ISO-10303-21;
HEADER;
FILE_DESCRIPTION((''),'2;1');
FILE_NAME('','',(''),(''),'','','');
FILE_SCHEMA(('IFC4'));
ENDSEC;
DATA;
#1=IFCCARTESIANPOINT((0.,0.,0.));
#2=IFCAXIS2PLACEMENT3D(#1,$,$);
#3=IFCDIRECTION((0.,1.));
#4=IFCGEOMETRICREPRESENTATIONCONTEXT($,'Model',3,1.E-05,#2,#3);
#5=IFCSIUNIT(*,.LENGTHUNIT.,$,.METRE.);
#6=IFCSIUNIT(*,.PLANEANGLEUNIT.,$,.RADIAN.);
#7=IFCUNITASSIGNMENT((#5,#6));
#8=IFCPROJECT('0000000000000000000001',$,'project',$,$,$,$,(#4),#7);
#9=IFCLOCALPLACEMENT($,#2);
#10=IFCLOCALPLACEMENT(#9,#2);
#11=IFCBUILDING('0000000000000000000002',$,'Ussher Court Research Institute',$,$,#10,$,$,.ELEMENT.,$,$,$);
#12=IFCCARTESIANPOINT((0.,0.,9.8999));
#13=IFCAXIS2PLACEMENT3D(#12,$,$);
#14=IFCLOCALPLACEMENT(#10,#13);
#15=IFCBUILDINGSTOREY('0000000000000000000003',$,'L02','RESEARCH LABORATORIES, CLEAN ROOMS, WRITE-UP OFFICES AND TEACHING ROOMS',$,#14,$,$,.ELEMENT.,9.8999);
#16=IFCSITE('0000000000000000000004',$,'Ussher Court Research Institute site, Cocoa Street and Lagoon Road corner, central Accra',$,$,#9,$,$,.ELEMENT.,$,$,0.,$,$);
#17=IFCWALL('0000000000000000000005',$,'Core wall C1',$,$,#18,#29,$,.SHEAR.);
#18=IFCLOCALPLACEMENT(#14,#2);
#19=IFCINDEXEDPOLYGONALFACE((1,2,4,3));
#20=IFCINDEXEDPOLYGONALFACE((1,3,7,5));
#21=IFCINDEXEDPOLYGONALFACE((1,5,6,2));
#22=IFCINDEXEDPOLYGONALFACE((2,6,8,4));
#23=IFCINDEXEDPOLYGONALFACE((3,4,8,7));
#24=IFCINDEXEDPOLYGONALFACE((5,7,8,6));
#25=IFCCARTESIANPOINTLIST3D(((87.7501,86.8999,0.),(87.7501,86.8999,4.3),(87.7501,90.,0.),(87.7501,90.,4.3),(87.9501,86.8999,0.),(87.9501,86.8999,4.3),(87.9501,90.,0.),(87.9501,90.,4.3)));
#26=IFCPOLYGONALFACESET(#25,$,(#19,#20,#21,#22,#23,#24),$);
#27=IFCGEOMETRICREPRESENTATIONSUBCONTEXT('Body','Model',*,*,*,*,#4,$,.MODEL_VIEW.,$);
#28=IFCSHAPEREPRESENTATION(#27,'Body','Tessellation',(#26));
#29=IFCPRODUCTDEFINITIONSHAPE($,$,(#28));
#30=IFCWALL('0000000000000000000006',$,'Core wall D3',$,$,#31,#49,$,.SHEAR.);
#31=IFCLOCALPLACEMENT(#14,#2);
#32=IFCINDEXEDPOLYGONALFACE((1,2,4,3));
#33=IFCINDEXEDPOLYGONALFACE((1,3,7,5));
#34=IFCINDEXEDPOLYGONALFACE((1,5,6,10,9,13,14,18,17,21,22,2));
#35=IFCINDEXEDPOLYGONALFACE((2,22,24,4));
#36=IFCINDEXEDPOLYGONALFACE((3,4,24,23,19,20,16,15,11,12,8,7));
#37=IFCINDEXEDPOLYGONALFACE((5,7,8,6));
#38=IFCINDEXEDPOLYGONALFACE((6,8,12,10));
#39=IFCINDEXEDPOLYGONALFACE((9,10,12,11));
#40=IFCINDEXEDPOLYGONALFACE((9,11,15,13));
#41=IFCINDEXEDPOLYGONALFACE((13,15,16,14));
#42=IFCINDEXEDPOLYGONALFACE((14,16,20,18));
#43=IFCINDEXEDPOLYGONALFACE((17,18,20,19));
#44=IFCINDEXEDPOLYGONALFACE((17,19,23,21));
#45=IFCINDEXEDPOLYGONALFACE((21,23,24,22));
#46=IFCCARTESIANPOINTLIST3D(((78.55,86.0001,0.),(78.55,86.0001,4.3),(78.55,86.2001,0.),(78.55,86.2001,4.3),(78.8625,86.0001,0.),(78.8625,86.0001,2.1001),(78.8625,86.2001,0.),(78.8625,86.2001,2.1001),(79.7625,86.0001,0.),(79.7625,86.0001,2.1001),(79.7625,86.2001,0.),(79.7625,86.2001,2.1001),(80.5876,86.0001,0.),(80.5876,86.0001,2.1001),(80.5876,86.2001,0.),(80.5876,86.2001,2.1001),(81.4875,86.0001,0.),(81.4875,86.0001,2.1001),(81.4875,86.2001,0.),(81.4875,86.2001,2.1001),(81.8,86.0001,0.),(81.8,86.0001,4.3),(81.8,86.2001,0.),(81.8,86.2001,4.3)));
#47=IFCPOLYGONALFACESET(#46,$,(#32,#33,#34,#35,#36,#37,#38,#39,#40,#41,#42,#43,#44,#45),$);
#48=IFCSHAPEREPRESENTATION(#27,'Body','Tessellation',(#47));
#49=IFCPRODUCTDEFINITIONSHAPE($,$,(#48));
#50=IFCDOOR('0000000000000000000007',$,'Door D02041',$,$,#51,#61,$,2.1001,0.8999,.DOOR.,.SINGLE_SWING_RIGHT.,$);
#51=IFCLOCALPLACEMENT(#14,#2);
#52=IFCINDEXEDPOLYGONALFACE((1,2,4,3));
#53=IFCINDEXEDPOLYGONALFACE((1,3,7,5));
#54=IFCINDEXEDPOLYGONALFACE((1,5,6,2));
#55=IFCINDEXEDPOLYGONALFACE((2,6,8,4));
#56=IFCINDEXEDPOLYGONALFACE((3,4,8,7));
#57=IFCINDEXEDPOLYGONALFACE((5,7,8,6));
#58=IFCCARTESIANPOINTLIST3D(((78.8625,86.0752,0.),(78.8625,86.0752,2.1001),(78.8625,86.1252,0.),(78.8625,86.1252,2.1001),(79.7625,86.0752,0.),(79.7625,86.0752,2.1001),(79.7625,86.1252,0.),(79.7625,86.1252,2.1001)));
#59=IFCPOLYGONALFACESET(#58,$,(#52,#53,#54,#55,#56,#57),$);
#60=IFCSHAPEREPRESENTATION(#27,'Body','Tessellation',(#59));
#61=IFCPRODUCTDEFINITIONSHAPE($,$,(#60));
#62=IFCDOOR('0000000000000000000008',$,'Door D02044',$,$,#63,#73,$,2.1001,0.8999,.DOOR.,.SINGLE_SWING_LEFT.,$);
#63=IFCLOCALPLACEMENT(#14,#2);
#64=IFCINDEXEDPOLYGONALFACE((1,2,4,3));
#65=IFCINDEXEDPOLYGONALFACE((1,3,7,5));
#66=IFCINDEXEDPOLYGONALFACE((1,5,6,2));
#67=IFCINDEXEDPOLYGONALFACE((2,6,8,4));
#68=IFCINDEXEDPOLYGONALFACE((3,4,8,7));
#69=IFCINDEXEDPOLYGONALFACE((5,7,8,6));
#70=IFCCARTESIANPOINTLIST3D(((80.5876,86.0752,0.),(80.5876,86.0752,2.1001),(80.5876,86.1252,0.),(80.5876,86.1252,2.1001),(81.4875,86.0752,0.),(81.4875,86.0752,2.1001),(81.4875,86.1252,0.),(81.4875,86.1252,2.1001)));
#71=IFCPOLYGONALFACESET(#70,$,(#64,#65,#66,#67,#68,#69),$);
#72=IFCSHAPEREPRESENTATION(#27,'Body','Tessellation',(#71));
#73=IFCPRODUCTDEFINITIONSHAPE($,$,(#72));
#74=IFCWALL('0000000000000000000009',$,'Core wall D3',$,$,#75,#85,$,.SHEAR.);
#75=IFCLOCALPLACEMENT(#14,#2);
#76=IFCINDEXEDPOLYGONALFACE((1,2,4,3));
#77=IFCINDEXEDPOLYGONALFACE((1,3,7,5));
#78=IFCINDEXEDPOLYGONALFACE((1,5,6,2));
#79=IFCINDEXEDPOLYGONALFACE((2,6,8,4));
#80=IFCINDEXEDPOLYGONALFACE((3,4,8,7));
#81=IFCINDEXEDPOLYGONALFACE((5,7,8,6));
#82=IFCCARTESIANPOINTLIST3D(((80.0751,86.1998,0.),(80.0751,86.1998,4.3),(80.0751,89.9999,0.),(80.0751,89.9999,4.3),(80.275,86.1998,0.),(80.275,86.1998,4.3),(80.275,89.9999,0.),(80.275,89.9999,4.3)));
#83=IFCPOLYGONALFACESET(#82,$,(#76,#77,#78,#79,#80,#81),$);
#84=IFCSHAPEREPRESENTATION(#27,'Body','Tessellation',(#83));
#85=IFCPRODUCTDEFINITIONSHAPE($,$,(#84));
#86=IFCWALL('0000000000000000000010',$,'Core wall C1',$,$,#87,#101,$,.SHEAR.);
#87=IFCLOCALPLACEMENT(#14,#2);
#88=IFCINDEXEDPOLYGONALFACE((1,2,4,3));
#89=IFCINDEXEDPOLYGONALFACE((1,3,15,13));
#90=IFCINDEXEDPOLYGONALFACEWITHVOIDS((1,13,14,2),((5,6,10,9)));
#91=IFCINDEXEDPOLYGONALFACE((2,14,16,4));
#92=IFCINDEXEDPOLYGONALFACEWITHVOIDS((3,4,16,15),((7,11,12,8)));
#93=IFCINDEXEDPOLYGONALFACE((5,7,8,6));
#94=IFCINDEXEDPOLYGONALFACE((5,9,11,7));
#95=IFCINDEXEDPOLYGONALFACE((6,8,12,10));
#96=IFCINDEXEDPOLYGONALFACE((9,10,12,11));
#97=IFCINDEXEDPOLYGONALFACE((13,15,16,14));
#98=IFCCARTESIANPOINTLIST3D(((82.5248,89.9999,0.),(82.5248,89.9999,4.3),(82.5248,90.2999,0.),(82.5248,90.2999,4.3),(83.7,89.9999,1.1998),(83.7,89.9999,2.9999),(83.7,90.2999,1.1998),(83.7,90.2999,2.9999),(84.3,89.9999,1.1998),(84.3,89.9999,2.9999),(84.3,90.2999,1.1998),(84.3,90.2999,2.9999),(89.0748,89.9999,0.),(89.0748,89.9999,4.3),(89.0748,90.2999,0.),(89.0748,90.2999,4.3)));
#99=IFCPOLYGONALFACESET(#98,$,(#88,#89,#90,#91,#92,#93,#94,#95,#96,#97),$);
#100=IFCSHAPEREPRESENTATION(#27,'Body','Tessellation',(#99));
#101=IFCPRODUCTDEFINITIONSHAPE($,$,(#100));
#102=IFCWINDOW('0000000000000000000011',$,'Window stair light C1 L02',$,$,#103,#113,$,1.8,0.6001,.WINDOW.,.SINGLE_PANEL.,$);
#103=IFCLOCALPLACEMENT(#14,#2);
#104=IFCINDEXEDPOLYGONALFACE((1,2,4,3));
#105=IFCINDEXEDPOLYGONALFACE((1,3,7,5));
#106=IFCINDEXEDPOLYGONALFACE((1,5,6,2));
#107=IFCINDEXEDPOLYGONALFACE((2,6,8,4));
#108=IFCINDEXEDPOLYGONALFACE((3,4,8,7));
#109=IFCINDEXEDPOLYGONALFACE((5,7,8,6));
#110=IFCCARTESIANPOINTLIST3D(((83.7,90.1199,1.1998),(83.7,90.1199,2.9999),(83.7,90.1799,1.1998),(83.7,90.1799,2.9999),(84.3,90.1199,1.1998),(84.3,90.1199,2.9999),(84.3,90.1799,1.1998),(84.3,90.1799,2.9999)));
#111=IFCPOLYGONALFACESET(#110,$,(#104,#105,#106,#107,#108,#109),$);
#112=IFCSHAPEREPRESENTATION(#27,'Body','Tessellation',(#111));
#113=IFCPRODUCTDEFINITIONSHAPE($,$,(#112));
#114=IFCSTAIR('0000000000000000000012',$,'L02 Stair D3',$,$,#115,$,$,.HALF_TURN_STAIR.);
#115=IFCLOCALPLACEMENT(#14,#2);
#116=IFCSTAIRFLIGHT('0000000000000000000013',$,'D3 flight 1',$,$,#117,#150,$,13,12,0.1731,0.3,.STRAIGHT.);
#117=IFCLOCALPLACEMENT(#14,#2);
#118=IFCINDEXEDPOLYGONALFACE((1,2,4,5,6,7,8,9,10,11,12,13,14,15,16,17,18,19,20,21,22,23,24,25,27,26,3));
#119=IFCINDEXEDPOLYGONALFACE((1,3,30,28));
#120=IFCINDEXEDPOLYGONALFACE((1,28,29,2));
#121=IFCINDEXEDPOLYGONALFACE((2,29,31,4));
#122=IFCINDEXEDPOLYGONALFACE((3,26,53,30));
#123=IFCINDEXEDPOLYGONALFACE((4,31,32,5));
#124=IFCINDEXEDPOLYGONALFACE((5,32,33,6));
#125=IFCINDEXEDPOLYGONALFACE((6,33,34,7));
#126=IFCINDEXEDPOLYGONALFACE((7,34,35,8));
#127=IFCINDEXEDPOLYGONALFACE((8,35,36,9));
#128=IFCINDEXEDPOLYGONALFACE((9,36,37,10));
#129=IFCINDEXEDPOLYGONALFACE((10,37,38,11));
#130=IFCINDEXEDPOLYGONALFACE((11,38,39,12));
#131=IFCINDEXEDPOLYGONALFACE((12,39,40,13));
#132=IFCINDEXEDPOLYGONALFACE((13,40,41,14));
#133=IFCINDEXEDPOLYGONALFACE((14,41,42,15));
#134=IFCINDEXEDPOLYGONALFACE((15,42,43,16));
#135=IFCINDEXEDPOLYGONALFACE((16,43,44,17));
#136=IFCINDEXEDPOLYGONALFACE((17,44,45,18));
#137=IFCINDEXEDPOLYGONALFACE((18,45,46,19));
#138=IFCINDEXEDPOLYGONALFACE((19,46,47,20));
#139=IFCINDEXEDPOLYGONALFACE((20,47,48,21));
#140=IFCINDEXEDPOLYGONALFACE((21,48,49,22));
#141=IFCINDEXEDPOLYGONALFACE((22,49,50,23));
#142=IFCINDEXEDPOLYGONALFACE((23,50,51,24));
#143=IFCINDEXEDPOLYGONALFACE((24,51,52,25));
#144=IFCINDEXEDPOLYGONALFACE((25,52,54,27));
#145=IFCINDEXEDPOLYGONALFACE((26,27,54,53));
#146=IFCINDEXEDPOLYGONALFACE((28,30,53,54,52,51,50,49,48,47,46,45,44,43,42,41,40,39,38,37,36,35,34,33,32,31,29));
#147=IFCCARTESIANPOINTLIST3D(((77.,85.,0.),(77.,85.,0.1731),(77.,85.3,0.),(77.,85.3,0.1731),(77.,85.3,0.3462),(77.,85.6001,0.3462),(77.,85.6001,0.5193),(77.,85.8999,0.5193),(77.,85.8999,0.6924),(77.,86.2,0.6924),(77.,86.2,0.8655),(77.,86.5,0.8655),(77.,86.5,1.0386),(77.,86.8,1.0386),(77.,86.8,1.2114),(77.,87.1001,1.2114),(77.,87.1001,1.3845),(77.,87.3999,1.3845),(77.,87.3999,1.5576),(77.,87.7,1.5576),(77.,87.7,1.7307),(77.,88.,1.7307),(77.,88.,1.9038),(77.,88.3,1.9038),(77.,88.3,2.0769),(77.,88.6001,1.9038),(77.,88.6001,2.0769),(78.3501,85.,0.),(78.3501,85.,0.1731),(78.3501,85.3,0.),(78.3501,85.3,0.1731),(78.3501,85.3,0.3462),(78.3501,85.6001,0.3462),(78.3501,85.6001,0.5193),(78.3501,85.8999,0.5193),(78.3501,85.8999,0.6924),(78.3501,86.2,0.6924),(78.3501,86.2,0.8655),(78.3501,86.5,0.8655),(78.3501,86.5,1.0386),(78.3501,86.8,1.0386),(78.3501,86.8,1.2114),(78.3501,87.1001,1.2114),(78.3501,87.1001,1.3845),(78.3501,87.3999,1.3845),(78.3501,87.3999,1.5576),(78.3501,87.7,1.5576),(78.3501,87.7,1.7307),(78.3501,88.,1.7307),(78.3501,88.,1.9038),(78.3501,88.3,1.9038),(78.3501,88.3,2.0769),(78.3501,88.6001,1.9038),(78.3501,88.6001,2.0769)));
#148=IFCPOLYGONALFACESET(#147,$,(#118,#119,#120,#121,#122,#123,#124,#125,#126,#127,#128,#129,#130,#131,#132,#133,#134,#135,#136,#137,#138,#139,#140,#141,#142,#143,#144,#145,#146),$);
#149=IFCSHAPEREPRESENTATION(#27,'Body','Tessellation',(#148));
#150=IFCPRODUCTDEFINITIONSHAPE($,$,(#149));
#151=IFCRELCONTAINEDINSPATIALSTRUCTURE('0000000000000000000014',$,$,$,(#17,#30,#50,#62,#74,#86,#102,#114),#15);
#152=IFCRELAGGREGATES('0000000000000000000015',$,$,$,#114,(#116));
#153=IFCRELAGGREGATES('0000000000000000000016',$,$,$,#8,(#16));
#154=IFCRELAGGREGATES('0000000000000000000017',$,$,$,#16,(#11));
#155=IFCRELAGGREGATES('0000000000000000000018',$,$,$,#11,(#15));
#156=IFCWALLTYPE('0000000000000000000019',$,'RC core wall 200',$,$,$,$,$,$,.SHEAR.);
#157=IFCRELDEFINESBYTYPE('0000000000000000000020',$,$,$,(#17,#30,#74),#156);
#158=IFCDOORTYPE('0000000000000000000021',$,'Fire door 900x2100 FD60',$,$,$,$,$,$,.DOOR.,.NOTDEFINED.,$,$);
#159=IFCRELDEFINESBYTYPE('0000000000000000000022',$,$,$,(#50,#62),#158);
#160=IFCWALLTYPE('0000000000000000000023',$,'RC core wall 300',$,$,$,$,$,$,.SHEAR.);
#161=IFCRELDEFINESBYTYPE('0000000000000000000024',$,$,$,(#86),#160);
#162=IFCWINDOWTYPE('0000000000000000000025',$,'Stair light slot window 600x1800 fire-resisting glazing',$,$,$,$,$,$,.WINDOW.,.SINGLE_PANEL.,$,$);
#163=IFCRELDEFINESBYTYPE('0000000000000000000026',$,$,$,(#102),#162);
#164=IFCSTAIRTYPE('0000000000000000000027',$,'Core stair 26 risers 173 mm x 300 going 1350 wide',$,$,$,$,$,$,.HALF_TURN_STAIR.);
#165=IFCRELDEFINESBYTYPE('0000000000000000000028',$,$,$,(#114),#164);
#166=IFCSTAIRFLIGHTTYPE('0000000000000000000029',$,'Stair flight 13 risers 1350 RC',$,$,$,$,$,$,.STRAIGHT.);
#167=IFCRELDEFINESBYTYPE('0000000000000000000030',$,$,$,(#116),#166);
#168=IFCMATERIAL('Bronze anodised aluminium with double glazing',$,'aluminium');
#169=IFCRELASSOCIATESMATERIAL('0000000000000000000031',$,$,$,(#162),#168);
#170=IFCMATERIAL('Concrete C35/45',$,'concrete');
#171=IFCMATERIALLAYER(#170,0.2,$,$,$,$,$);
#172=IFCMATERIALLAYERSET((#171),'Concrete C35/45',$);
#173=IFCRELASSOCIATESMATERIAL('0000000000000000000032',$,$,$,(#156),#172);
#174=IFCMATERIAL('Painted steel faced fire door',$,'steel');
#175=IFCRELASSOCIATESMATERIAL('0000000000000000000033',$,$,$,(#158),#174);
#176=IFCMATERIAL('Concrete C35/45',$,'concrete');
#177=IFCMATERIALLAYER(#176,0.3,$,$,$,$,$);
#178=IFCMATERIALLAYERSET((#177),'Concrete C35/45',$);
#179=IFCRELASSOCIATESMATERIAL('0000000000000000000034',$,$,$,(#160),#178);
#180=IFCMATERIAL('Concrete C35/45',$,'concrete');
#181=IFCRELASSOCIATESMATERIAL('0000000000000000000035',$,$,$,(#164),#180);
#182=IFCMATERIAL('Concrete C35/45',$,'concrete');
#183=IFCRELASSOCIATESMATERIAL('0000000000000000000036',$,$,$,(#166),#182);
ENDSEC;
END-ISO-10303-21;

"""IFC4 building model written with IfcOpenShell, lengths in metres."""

from ifc_helpers import new_model, si_unit, direction, frame, frame_2d, origin, place, context, subcontext, project, spatial, polyline, rectangle, outline, extrude, material, layer, layer_set, type_object, element, fill, aggregate, save


model = new_model("IFC4")

# Units and contexts
model_context = context("Model", 3, precision=1e-05, world=origin(), true_north=direction((0.0, 1.0)))
body_context = subcontext(model_context, "Body", "Model", "MODEL_VIEW")
ifc_project = project(units=[si_unit("LENGTHUNIT", "METRE"), si_unit("PLANEANGLEUNIT", "RADIAN")], contexts=[model_context])

# Site, building, storey
site_placement = place(None, origin())
site = spatial("IfcSite", under=ifc_project, at=site_placement, Name="Ussher Court Research Institute site, Cocoa Street and Lagoon Road corner, central Accra", CompositionType="ELEMENT", RefElevation=0.0)
building_placement = place(site_placement, origin())
building = spatial("IfcBuilding", under=site, at=building_placement, Name="Ussher Court Research Institute", CompositionType="ELEMENT")
storey_placement = place(building_placement, frame((0.0, 0.0, 9.8999)))
storey = spatial("IfcBuildingStorey", under=building, at=storey_placement, Name="L02", Description="RESEARCH LABORATORIES, CLEAN ROOMS, WRITE-UP OFFICES AND TEACHING ROOMS", CompositionType="ELEMENT", Elevation=9.8999)

# Shared definitions
ifc_material_1 = material(Name="Bronze anodised aluminium with double glazing", Category="aluminium")
window_type = type_object("IfcWindowType", Name="Stair light slot window 600x1800 fire-resisting glazing", PartitioningType="SINGLE_PANEL", PredefinedType="WINDOW", material=ifc_material_1)

# Shared definitions
ifc_material_2 = material(Name="Concrete C35/45", Category="concrete")
ifc_layer_1 = layer(ifc_material_2, 0.2)
ifc_layer_set_1 = layer_set([ifc_layer_1], Name="Concrete C35/45")
wall_type_1 = type_object("IfcWallType", Name="RC core wall 200", PredefinedType="SHEAR", material=ifc_layer_set_1)

# Wall
wall_1_placement = place(storey_placement, frame((87.8501, 86.8999, 0.0), z_axis=(0.0, 0.0, 1.0), x_axis=(0.0, 1.0, 0.0)))
element("IfcWall", 1, at=wall_1_placement, inside=storey, type_object=wall_type_1, Name="Core wall C1", PredefinedType="SHEAR", context=body_context, shape_type="SweptSolid", body=[
    extrude(rectangle(XDim=3.1001, YDim=0.2, at=frame_2d((1.55, 0.0))), origin(), (0.0, 0.0, 1.0), 4.3),
])

# Wall, openings, doors
wall_2_placement = place(storey_placement, frame((81.8, 86.1001, 0.0), z_axis=(0.0, 0.0, 1.0), x_axis=(-1.0, 0.0, 0.0)))
wall_2 = element("IfcWall", 2, at=wall_2_placement, inside=storey, type_object=wall_type_1, Name="Core wall D3", PredefinedType="SHEAR", context=body_context, shape_type="SweptSolid", body=[
    extrude(rectangle(XDim=3.25, YDim=0.2, at=frame_2d((1.625, 0.0))), origin(), (0.0, 0.0, 1.0), 4.3),
])
opening_1_placement = place(wall_2_placement, frame((2.0376, 0.0, 0.0)))
opening_1 = element("IfcOpeningElement", 3, at=opening_1_placement, cuts=wall_2, PredefinedType="OPENING", context=body_context, shape_type="SweptSolid", body=[
    extrude(rectangle(XDim=0.8999, YDim=2.1001, at=frame_2d((0.45, 1.05))), frame((0.0, 0.1099, 0.0), z_axis=(0.0, -1.0, 0.0), x_axis=(1.0, 0.0, 0.0)), (0.0, 0.0, 1.0), 0.22),
])
opening_2_placement = place(wall_2_placement, frame((0.3125, 0.0, 0.0)))
opening_2 = element("IfcOpeningElement", 4, at=opening_2_placement, cuts=wall_2, PredefinedType="OPENING", context=body_context, shape_type="SweptSolid", body=[
    extrude(rectangle(XDim=0.8999, YDim=2.1001, at=frame_2d((0.45, 1.05))), frame((0.0, 0.1099, 0.0), z_axis=(0.0, -1.0, 0.0), x_axis=(1.0, 0.0, 0.0)), (0.0, 0.0, 1.0), 0.22),
])
ifc_material_3 = material(Name="Painted steel faced fire door", Category="steel")
door_type_1 = type_object("IfcDoorType", Name="Fire door 900x2100 FD60", OperationType="NOTDEFINED", PredefinedType="DOOR", material=ifc_material_3)
door_1_placement = place(opening_1_placement, origin())
door_1 = element("IfcDoor", 5, at=door_1_placement, inside=storey, type_object=door_type_1, Name="Door D02041", OperationType="SINGLE_SWING_RIGHT", OverallHeight=2.1001, OverallWidth=0.8999, PredefinedType="DOOR", context=body_context, shape_type="SweptSolid", body=[
    extrude(rectangle(XDim=0.8999, YDim=2.1001, at=frame_2d((0.45, 1.05))), frame((0.0, 0.0249, 0.0), z_axis=(0.0, -1.0, 0.0), x_axis=(1.0, 0.0, 0.0)), (0.0, 0.0, 1.0), 0.05),
])
fill(opening_1, door_1)
door_2_placement = place(opening_2_placement, origin())
door_2 = element("IfcDoor", 6, at=door_2_placement, inside=storey, type_object=door_type_1, Name="Door D02044", OperationType="SINGLE_SWING_LEFT", OverallHeight=2.1001, OverallWidth=0.8999, PredefinedType="DOOR", context=body_context, shape_type="SweptSolid", body=[
    extrude(rectangle(XDim=0.8999, YDim=2.1001, at=frame_2d((0.45, 1.05))), frame((0.0, 0.0249, 0.0), z_axis=(0.0, -1.0, 0.0), x_axis=(1.0, 0.0, 0.0)), (0.0, 0.0, 1.0), 0.05),
])
fill(opening_2, door_2)

# Wall
wall_3_placement = place(storey_placement, frame((80.175, 86.2, 0.0), z_axis=(0.0, 0.0, 1.0), x_axis=(0.0, 1.0, 0.0)))
element("IfcWall", 7, at=wall_3_placement, inside=storey, type_object=wall_type_1, Name="Core wall D3", PredefinedType="SHEAR", context=body_context, shape_type="SweptSolid", body=[
    extrude(rectangle(XDim=3.8, YDim=0.2, at=frame_2d((1.8999, 0.0))), origin(), (0.0, 0.0, 1.0), 4.3),
])

# Wall, opening, window
ifc_material_4 = material(Name="Concrete C35/45", Category="concrete")
ifc_layer_2 = layer(ifc_material_4, 0.3)
ifc_layer_set_2 = layer_set([ifc_layer_2], Name="Concrete C35/45")
wall_type_2 = type_object("IfcWallType", Name="RC core wall 300", PredefinedType="SHEAR", material=ifc_layer_set_2)
wall_4_placement = place(storey_placement, frame((82.5249, 90.1499, 0.0), z_axis=(0.0, 0.0, 1.0), x_axis=(1.0, 0.0, 0.0)))
wall_4 = element("IfcWall", 8, at=wall_4_placement, inside=storey, type_object=wall_type_2, Name="Core wall C1", PredefinedType="SHEAR", context=body_context, shape_type="SweptSolid", body=[
    extrude(rectangle(XDim=6.55, YDim=0.3, at=frame_2d((3.2749, 0.0))), origin(), (0.0, 0.0, 1.0), 4.3),
])
opening_3_placement = place(wall_4_placement, frame((1.175, 0.0, 1.2)))
opening_3 = element("IfcOpeningElement", 9, at=opening_3_placement, cuts=wall_4, PredefinedType="OPENING", context=body_context, shape_type="SweptSolid", body=[
    extrude(rectangle(XDim=0.6001, YDim=1.8, at=frame_2d((0.3, 0.8999))), frame((0.0, 0.1602, 0.0), z_axis=(0.0, -1.0, 0.0), x_axis=(1.0, 0.0, 0.0)), (0.0, 0.0, 1.0), 0.3201),
])
window_1_placement = place(opening_3_placement, origin())
window_1 = element("IfcWindow", 10, at=window_1_placement, inside=storey, type_object=window_type, Name="Window stair light C1 L02", OverallHeight=1.8, OverallWidth=0.6001, PartitioningType="SINGLE_PANEL", PredefinedType="WINDOW", context=body_context, shape_type="SweptSolid", body=[
    extrude(rectangle(XDim=0.6001, YDim=1.8, at=frame_2d((0.3, 0.8999))), frame((0.0, 0.03, 0.0), z_axis=(0.0, -1.0, 0.0), x_axis=(1.0, 0.0, 0.0)), (0.0, 0.0, 1.0), 0.0601),
])
fill(opening_3, window_1)

# Stair, stair flight
ifc_material_5 = material(Name="Concrete C35/45", Category="concrete")
stair_type = type_object("IfcStairType", Name="Core stair 26 risers 173 mm x 300 going 1350 wide", PredefinedType="HALF_TURN_STAIR", material=ifc_material_5)
stair_placement = place(storey_placement, origin())
stair = element("IfcStair", 11, at=stair_placement, inside=storey, type_object=stair_type, Name="L02 Stair D3", PredefinedType="HALF_TURN_STAIR")
ifc_material_6 = material(Name="Concrete C35/45", Category="concrete")
stair_flight_type = type_object("IfcStairFlightType", Name="Stair flight 13 risers 1350 RC", PredefinedType="STRAIGHT", material=ifc_material_6)
stair_flight_1_placement = place(storey_placement, frame((77.675, 85.0, 0.0), z_axis=(0.0, 0.0, 1.0), x_axis=(0.0, 1.0, 0.0)))
stair_flight_1 = element("IfcStairFlight", 12, at=stair_flight_1_placement, type_object=stair_flight_type, Name="D3 flight 1", NumberOfRisers=13, NumberOfTreads=12, PredefinedType="STRAIGHT", RiserHeight=0.1731, TreadLength=0.3, context=body_context, shape_type="SweptSolid", body=[
    extrude(outline(polyline([(0.0, 0.0), (0.0, 0.1731), (0.3, 0.1731), (0.3, 0.3462), (0.6001, 0.3462), (0.6001, 0.5193), (0.8999, 0.5193), (0.8999, 0.6924), (1.2, 0.6924), (1.2, 0.8655), (1.5, 0.8655), (1.5, 1.0386), (1.8, 1.0386), (1.8, 1.2114), (2.1001, 1.2114), (2.1001, 1.3845), (2.3999, 1.3845), (2.3999, 1.5576), (2.7, 1.5576), (2.7, 1.7307), (3.0, 1.7307), (3.0, 1.9038), (3.3, 1.9038), (3.3, 2.0769), (3.6001, 2.0769), (3.6001, 2.25), (3.6001, 1.9038), (0.3, 0.0), (0.0, 0.0)])), frame((0.0, 0.675, 0.0), z_axis=(0.0, -1.0, 0.0), x_axis=(1.0, 0.0, 0.0)), (0.0, 0.0, 1.0), 1.3501),
])
aggregate(stair, [stair_flight_1])

save(model, "model.ifc")
